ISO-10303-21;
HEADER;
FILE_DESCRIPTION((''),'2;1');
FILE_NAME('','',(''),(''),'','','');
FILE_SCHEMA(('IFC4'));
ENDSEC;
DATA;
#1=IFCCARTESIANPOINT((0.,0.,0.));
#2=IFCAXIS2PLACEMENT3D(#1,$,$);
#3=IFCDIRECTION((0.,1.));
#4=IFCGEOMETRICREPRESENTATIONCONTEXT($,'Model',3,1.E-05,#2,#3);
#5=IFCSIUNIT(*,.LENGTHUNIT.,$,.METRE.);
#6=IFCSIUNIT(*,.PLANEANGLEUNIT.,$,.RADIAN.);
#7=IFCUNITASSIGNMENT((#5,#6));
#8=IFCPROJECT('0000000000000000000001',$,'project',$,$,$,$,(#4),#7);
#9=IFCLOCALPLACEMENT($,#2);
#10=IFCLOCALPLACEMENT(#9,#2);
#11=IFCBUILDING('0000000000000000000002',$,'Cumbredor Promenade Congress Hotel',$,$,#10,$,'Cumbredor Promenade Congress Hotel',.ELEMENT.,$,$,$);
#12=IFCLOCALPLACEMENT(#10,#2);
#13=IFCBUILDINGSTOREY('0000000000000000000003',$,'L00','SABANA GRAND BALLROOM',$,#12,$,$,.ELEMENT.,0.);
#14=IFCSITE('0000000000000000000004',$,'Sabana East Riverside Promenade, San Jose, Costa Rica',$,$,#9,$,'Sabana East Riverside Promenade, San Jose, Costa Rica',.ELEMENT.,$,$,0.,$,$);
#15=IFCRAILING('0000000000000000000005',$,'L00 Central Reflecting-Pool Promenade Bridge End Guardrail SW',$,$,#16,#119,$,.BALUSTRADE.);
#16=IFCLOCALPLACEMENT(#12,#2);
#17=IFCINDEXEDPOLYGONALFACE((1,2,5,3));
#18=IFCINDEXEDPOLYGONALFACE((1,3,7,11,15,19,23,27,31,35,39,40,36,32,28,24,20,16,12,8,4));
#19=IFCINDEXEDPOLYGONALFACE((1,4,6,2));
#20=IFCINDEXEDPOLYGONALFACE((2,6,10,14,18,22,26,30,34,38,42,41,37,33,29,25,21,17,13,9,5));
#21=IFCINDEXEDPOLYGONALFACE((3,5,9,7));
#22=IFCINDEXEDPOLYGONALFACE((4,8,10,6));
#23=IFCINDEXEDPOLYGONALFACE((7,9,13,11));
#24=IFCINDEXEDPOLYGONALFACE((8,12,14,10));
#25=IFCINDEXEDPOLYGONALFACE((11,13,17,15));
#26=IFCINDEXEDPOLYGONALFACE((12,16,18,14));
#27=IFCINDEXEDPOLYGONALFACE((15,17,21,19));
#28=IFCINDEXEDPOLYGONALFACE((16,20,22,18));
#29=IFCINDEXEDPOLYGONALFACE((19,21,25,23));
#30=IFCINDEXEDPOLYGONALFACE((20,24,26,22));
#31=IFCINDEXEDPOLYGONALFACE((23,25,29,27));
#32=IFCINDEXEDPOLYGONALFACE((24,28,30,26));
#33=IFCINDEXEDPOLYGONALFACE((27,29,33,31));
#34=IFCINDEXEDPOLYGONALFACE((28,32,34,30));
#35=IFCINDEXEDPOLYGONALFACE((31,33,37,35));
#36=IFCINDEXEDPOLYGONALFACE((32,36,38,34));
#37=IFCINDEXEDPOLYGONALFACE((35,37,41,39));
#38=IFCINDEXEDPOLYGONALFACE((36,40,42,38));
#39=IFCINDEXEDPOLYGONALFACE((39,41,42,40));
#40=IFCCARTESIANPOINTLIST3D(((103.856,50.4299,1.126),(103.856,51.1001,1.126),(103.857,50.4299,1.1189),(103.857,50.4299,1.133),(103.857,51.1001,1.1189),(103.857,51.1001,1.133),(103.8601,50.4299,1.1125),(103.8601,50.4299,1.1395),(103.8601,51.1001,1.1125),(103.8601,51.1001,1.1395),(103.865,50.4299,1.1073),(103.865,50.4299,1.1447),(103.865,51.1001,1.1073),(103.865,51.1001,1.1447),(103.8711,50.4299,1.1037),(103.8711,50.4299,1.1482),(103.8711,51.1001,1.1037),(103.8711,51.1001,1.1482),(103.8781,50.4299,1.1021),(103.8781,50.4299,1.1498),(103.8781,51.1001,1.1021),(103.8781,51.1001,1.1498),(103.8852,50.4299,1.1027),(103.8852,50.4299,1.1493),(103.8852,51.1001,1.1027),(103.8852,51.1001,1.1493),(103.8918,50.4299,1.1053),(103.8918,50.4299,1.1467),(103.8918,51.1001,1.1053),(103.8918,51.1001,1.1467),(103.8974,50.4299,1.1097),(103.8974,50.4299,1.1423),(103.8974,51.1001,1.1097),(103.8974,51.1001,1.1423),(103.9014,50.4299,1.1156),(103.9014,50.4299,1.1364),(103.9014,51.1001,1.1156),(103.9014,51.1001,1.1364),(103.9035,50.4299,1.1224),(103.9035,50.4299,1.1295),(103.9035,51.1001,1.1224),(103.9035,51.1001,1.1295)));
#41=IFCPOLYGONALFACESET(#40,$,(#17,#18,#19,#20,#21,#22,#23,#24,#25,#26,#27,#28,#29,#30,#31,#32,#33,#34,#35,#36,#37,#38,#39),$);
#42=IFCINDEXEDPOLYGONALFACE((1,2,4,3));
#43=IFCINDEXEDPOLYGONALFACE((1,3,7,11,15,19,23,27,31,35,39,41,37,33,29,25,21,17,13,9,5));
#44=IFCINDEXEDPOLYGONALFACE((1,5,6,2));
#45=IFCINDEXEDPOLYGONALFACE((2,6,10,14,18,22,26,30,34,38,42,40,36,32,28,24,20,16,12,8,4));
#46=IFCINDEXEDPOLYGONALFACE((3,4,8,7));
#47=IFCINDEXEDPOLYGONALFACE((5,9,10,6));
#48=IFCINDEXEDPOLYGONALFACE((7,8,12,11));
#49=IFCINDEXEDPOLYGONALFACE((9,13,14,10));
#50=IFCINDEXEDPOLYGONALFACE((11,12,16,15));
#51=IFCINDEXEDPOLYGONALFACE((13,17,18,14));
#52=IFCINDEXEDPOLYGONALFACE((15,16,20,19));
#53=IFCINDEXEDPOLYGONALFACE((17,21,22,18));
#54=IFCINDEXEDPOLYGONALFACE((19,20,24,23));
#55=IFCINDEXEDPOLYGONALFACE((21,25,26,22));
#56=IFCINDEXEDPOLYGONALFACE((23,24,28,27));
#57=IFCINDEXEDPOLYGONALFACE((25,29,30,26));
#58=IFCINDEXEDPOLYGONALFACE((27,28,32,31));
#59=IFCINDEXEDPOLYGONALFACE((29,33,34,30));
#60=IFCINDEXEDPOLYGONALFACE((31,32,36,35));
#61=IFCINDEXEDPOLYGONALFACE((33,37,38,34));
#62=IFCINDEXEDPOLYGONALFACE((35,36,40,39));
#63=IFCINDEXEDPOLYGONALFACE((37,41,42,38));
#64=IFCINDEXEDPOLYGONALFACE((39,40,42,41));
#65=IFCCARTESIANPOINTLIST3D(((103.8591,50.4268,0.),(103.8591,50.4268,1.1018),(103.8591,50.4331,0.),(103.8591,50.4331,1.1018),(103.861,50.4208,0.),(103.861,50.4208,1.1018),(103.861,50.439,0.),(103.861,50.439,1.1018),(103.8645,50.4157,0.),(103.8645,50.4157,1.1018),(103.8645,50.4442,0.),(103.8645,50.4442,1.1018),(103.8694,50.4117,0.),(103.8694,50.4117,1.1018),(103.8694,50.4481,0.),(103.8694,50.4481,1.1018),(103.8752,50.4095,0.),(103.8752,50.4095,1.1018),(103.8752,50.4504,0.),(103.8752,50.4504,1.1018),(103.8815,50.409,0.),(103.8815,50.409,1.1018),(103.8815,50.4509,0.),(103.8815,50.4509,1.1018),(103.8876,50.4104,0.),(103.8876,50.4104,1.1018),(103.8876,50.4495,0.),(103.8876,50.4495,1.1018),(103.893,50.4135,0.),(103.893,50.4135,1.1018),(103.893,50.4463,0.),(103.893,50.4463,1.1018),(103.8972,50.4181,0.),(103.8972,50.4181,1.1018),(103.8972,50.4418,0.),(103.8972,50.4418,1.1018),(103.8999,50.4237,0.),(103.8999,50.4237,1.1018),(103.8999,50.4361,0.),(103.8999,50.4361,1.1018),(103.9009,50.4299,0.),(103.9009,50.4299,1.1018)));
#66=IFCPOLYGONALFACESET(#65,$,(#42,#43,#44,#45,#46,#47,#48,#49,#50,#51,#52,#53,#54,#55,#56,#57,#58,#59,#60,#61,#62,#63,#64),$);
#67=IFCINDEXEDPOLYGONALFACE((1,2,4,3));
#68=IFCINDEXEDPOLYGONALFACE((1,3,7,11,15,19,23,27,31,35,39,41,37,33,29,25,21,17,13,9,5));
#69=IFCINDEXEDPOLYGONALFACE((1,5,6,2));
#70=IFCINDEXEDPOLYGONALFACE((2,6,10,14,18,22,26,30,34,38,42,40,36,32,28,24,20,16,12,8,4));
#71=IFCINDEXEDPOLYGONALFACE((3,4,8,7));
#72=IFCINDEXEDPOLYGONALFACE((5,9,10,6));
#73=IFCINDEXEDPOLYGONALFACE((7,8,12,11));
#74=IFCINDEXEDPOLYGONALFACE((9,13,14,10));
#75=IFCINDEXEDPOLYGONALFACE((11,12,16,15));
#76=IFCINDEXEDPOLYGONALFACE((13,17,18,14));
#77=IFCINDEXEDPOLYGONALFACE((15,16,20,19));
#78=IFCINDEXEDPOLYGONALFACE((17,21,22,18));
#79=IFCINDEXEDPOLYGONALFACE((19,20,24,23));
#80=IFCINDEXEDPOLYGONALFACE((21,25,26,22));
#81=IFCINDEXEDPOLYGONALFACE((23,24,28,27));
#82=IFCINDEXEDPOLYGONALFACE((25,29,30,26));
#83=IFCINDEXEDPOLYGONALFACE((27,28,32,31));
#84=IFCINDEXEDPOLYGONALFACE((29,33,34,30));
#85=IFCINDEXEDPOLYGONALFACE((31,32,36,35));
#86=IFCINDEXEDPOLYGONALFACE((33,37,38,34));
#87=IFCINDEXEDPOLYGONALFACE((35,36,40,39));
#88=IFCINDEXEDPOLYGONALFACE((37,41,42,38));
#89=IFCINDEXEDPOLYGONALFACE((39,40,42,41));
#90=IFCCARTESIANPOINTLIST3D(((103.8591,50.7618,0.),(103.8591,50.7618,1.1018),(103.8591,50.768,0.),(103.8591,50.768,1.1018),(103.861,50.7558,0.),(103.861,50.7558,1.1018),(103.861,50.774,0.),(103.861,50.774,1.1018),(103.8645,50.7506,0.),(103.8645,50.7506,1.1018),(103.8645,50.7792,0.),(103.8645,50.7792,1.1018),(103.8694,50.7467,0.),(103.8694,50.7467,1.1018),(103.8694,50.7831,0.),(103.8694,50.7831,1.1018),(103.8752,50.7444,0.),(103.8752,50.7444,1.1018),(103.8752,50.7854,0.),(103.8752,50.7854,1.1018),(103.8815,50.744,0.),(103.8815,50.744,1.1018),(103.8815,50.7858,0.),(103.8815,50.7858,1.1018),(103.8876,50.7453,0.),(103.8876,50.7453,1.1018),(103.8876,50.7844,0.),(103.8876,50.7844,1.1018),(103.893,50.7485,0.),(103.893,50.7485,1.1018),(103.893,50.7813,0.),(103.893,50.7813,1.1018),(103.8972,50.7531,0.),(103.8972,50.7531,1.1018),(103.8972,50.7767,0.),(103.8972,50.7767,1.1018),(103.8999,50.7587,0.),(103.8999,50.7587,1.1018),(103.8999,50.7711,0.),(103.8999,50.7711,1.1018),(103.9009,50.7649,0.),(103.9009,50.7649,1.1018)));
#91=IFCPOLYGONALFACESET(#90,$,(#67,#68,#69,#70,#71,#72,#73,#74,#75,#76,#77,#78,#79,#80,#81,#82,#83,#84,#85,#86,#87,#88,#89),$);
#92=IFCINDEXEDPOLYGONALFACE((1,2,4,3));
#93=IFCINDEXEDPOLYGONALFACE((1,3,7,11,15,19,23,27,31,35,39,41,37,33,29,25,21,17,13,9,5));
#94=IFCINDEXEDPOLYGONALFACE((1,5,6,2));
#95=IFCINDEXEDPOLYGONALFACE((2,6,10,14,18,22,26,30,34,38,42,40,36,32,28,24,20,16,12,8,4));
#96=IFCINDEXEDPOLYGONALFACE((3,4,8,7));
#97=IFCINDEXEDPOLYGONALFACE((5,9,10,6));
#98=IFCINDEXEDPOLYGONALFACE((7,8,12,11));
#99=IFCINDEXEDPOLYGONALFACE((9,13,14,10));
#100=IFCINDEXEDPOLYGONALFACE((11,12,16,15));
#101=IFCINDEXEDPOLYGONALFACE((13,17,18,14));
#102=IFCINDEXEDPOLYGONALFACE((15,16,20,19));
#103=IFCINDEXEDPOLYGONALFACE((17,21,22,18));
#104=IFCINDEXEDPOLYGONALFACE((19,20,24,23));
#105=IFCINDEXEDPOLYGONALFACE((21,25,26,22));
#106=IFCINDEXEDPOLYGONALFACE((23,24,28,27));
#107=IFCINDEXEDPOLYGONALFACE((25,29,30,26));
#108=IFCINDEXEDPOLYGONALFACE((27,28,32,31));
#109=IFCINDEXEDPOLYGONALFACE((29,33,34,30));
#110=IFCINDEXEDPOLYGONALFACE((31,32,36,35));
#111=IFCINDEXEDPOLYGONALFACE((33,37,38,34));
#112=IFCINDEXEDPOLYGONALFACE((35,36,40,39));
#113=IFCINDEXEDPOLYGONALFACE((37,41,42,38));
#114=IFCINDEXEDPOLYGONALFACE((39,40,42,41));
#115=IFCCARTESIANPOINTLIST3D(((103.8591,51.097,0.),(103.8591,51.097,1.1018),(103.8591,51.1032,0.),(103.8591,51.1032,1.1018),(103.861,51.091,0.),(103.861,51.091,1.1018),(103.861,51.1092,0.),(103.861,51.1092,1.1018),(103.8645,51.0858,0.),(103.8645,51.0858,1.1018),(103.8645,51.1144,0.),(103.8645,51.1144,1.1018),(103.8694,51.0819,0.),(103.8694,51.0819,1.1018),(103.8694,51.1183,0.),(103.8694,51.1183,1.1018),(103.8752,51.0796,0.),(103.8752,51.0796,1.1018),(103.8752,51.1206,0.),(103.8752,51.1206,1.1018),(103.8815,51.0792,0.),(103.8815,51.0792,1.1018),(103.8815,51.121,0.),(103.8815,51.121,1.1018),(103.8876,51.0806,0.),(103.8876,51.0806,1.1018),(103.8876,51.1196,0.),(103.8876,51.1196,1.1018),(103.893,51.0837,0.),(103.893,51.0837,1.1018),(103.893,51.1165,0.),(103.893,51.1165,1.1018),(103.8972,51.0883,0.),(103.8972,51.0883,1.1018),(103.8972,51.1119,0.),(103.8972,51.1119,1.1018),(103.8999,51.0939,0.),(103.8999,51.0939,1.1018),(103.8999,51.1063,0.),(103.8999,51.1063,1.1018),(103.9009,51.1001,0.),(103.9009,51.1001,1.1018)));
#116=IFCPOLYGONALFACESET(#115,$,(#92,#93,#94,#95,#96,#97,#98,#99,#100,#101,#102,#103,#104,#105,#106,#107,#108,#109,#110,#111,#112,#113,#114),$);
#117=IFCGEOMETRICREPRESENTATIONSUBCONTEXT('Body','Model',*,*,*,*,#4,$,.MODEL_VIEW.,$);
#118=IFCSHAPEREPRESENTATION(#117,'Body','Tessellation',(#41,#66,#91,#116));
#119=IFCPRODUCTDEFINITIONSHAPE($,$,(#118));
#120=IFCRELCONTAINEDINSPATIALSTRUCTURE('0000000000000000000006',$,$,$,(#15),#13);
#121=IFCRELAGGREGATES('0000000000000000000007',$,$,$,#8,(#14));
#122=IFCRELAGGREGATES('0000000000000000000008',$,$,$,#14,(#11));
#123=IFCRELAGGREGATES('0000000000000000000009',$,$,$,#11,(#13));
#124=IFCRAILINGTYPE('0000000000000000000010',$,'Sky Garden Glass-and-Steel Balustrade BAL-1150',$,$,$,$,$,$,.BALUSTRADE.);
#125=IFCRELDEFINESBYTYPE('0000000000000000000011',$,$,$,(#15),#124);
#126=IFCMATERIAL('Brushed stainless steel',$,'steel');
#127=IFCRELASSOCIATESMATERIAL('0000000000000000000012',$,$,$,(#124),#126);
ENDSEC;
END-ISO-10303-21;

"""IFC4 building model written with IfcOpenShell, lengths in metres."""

from ifc_helpers import new_model, si_unit, direction, frame, origin, origin_2d, place, context, subcontext, project, spatial, circle, extrude, material, type_object, element, save


model = new_model("IFC4")

# Units and contexts
model_context = context("Model", 3, precision=1e-05, world=origin(), true_north=direction((0.0, 1.0)))
body_context = subcontext(model_context, "Body", "Model", "MODEL_VIEW")
ifc_project = project(units=[si_unit("LENGTHUNIT", "METRE"), si_unit("PLANEANGLEUNIT", "RADIAN")], contexts=[model_context])

# Site, building, storey
site_placement = place(None, origin())
site = spatial("IfcSite", under=ifc_project, at=site_placement, Name="Sabana East Riverside Promenade, San Jose, Costa Rica", LongName="Sabana East Riverside Promenade, San Jose, Costa Rica", CompositionType="ELEMENT", RefElevation=0.0)
building_placement = place(site_placement, origin())
building = spatial("IfcBuilding", under=site, at=building_placement, Name="Cumbredor Promenade Congress Hotel", LongName="Cumbredor Promenade Congress Hotel", CompositionType="ELEMENT")
storey_placement = place(building_placement, origin())
storey = spatial("IfcBuildingStorey", under=building, at=storey_placement, Name="L00", Description="SABANA GRAND BALLROOM", CompositionType="ELEMENT", Elevation=0.0)

# Railing
ifc_material_1 = material(Name="Brushed stainless steel", Category="steel")
railing_type = type_object("IfcRailingType", Name="Sky Garden Glass-and-Steel Balustrade BAL-1150", PredefinedType="BALUSTRADE", material=ifc_material_1)
railing_placement = place(storey_placement, frame((103.8799, 50.4299, 0.0)))
element("IfcRailing", 1, at=railing_placement, inside=storey, type_object=railing_type, Name="L00 Central Reflecting-Pool Promenade Bridge End Guardrail SW", PredefinedType="BALUSTRADE", context=body_context, shape_type="SweptSolid", body=[
    extrude(circle(Radius=0.0239, at=origin_2d()), frame((0.0, 0.0, 1.126), z_axis=(0.0, 1.0, 0.0), x_axis=(-1.0, 0.0, 0.0)), (0.0, 0.0, 1.0), 0.6702),
    extrude(circle(Radius=0.021, at=origin_2d()), origin(), (0.0, 0.0, 1.0), 1.1018),
    extrude(circle(Radius=0.021, at=origin_2d()), frame((0.0, 0.335, 0.0)), (0.0, 0.0, 1.0), 1.1018),
    extrude(circle(Radius=0.021, at=origin_2d()), frame((0.0, 0.6702, 0.0)), (0.0, 0.0, 1.0), 1.1018),
])

save(model, "model.ifc")
